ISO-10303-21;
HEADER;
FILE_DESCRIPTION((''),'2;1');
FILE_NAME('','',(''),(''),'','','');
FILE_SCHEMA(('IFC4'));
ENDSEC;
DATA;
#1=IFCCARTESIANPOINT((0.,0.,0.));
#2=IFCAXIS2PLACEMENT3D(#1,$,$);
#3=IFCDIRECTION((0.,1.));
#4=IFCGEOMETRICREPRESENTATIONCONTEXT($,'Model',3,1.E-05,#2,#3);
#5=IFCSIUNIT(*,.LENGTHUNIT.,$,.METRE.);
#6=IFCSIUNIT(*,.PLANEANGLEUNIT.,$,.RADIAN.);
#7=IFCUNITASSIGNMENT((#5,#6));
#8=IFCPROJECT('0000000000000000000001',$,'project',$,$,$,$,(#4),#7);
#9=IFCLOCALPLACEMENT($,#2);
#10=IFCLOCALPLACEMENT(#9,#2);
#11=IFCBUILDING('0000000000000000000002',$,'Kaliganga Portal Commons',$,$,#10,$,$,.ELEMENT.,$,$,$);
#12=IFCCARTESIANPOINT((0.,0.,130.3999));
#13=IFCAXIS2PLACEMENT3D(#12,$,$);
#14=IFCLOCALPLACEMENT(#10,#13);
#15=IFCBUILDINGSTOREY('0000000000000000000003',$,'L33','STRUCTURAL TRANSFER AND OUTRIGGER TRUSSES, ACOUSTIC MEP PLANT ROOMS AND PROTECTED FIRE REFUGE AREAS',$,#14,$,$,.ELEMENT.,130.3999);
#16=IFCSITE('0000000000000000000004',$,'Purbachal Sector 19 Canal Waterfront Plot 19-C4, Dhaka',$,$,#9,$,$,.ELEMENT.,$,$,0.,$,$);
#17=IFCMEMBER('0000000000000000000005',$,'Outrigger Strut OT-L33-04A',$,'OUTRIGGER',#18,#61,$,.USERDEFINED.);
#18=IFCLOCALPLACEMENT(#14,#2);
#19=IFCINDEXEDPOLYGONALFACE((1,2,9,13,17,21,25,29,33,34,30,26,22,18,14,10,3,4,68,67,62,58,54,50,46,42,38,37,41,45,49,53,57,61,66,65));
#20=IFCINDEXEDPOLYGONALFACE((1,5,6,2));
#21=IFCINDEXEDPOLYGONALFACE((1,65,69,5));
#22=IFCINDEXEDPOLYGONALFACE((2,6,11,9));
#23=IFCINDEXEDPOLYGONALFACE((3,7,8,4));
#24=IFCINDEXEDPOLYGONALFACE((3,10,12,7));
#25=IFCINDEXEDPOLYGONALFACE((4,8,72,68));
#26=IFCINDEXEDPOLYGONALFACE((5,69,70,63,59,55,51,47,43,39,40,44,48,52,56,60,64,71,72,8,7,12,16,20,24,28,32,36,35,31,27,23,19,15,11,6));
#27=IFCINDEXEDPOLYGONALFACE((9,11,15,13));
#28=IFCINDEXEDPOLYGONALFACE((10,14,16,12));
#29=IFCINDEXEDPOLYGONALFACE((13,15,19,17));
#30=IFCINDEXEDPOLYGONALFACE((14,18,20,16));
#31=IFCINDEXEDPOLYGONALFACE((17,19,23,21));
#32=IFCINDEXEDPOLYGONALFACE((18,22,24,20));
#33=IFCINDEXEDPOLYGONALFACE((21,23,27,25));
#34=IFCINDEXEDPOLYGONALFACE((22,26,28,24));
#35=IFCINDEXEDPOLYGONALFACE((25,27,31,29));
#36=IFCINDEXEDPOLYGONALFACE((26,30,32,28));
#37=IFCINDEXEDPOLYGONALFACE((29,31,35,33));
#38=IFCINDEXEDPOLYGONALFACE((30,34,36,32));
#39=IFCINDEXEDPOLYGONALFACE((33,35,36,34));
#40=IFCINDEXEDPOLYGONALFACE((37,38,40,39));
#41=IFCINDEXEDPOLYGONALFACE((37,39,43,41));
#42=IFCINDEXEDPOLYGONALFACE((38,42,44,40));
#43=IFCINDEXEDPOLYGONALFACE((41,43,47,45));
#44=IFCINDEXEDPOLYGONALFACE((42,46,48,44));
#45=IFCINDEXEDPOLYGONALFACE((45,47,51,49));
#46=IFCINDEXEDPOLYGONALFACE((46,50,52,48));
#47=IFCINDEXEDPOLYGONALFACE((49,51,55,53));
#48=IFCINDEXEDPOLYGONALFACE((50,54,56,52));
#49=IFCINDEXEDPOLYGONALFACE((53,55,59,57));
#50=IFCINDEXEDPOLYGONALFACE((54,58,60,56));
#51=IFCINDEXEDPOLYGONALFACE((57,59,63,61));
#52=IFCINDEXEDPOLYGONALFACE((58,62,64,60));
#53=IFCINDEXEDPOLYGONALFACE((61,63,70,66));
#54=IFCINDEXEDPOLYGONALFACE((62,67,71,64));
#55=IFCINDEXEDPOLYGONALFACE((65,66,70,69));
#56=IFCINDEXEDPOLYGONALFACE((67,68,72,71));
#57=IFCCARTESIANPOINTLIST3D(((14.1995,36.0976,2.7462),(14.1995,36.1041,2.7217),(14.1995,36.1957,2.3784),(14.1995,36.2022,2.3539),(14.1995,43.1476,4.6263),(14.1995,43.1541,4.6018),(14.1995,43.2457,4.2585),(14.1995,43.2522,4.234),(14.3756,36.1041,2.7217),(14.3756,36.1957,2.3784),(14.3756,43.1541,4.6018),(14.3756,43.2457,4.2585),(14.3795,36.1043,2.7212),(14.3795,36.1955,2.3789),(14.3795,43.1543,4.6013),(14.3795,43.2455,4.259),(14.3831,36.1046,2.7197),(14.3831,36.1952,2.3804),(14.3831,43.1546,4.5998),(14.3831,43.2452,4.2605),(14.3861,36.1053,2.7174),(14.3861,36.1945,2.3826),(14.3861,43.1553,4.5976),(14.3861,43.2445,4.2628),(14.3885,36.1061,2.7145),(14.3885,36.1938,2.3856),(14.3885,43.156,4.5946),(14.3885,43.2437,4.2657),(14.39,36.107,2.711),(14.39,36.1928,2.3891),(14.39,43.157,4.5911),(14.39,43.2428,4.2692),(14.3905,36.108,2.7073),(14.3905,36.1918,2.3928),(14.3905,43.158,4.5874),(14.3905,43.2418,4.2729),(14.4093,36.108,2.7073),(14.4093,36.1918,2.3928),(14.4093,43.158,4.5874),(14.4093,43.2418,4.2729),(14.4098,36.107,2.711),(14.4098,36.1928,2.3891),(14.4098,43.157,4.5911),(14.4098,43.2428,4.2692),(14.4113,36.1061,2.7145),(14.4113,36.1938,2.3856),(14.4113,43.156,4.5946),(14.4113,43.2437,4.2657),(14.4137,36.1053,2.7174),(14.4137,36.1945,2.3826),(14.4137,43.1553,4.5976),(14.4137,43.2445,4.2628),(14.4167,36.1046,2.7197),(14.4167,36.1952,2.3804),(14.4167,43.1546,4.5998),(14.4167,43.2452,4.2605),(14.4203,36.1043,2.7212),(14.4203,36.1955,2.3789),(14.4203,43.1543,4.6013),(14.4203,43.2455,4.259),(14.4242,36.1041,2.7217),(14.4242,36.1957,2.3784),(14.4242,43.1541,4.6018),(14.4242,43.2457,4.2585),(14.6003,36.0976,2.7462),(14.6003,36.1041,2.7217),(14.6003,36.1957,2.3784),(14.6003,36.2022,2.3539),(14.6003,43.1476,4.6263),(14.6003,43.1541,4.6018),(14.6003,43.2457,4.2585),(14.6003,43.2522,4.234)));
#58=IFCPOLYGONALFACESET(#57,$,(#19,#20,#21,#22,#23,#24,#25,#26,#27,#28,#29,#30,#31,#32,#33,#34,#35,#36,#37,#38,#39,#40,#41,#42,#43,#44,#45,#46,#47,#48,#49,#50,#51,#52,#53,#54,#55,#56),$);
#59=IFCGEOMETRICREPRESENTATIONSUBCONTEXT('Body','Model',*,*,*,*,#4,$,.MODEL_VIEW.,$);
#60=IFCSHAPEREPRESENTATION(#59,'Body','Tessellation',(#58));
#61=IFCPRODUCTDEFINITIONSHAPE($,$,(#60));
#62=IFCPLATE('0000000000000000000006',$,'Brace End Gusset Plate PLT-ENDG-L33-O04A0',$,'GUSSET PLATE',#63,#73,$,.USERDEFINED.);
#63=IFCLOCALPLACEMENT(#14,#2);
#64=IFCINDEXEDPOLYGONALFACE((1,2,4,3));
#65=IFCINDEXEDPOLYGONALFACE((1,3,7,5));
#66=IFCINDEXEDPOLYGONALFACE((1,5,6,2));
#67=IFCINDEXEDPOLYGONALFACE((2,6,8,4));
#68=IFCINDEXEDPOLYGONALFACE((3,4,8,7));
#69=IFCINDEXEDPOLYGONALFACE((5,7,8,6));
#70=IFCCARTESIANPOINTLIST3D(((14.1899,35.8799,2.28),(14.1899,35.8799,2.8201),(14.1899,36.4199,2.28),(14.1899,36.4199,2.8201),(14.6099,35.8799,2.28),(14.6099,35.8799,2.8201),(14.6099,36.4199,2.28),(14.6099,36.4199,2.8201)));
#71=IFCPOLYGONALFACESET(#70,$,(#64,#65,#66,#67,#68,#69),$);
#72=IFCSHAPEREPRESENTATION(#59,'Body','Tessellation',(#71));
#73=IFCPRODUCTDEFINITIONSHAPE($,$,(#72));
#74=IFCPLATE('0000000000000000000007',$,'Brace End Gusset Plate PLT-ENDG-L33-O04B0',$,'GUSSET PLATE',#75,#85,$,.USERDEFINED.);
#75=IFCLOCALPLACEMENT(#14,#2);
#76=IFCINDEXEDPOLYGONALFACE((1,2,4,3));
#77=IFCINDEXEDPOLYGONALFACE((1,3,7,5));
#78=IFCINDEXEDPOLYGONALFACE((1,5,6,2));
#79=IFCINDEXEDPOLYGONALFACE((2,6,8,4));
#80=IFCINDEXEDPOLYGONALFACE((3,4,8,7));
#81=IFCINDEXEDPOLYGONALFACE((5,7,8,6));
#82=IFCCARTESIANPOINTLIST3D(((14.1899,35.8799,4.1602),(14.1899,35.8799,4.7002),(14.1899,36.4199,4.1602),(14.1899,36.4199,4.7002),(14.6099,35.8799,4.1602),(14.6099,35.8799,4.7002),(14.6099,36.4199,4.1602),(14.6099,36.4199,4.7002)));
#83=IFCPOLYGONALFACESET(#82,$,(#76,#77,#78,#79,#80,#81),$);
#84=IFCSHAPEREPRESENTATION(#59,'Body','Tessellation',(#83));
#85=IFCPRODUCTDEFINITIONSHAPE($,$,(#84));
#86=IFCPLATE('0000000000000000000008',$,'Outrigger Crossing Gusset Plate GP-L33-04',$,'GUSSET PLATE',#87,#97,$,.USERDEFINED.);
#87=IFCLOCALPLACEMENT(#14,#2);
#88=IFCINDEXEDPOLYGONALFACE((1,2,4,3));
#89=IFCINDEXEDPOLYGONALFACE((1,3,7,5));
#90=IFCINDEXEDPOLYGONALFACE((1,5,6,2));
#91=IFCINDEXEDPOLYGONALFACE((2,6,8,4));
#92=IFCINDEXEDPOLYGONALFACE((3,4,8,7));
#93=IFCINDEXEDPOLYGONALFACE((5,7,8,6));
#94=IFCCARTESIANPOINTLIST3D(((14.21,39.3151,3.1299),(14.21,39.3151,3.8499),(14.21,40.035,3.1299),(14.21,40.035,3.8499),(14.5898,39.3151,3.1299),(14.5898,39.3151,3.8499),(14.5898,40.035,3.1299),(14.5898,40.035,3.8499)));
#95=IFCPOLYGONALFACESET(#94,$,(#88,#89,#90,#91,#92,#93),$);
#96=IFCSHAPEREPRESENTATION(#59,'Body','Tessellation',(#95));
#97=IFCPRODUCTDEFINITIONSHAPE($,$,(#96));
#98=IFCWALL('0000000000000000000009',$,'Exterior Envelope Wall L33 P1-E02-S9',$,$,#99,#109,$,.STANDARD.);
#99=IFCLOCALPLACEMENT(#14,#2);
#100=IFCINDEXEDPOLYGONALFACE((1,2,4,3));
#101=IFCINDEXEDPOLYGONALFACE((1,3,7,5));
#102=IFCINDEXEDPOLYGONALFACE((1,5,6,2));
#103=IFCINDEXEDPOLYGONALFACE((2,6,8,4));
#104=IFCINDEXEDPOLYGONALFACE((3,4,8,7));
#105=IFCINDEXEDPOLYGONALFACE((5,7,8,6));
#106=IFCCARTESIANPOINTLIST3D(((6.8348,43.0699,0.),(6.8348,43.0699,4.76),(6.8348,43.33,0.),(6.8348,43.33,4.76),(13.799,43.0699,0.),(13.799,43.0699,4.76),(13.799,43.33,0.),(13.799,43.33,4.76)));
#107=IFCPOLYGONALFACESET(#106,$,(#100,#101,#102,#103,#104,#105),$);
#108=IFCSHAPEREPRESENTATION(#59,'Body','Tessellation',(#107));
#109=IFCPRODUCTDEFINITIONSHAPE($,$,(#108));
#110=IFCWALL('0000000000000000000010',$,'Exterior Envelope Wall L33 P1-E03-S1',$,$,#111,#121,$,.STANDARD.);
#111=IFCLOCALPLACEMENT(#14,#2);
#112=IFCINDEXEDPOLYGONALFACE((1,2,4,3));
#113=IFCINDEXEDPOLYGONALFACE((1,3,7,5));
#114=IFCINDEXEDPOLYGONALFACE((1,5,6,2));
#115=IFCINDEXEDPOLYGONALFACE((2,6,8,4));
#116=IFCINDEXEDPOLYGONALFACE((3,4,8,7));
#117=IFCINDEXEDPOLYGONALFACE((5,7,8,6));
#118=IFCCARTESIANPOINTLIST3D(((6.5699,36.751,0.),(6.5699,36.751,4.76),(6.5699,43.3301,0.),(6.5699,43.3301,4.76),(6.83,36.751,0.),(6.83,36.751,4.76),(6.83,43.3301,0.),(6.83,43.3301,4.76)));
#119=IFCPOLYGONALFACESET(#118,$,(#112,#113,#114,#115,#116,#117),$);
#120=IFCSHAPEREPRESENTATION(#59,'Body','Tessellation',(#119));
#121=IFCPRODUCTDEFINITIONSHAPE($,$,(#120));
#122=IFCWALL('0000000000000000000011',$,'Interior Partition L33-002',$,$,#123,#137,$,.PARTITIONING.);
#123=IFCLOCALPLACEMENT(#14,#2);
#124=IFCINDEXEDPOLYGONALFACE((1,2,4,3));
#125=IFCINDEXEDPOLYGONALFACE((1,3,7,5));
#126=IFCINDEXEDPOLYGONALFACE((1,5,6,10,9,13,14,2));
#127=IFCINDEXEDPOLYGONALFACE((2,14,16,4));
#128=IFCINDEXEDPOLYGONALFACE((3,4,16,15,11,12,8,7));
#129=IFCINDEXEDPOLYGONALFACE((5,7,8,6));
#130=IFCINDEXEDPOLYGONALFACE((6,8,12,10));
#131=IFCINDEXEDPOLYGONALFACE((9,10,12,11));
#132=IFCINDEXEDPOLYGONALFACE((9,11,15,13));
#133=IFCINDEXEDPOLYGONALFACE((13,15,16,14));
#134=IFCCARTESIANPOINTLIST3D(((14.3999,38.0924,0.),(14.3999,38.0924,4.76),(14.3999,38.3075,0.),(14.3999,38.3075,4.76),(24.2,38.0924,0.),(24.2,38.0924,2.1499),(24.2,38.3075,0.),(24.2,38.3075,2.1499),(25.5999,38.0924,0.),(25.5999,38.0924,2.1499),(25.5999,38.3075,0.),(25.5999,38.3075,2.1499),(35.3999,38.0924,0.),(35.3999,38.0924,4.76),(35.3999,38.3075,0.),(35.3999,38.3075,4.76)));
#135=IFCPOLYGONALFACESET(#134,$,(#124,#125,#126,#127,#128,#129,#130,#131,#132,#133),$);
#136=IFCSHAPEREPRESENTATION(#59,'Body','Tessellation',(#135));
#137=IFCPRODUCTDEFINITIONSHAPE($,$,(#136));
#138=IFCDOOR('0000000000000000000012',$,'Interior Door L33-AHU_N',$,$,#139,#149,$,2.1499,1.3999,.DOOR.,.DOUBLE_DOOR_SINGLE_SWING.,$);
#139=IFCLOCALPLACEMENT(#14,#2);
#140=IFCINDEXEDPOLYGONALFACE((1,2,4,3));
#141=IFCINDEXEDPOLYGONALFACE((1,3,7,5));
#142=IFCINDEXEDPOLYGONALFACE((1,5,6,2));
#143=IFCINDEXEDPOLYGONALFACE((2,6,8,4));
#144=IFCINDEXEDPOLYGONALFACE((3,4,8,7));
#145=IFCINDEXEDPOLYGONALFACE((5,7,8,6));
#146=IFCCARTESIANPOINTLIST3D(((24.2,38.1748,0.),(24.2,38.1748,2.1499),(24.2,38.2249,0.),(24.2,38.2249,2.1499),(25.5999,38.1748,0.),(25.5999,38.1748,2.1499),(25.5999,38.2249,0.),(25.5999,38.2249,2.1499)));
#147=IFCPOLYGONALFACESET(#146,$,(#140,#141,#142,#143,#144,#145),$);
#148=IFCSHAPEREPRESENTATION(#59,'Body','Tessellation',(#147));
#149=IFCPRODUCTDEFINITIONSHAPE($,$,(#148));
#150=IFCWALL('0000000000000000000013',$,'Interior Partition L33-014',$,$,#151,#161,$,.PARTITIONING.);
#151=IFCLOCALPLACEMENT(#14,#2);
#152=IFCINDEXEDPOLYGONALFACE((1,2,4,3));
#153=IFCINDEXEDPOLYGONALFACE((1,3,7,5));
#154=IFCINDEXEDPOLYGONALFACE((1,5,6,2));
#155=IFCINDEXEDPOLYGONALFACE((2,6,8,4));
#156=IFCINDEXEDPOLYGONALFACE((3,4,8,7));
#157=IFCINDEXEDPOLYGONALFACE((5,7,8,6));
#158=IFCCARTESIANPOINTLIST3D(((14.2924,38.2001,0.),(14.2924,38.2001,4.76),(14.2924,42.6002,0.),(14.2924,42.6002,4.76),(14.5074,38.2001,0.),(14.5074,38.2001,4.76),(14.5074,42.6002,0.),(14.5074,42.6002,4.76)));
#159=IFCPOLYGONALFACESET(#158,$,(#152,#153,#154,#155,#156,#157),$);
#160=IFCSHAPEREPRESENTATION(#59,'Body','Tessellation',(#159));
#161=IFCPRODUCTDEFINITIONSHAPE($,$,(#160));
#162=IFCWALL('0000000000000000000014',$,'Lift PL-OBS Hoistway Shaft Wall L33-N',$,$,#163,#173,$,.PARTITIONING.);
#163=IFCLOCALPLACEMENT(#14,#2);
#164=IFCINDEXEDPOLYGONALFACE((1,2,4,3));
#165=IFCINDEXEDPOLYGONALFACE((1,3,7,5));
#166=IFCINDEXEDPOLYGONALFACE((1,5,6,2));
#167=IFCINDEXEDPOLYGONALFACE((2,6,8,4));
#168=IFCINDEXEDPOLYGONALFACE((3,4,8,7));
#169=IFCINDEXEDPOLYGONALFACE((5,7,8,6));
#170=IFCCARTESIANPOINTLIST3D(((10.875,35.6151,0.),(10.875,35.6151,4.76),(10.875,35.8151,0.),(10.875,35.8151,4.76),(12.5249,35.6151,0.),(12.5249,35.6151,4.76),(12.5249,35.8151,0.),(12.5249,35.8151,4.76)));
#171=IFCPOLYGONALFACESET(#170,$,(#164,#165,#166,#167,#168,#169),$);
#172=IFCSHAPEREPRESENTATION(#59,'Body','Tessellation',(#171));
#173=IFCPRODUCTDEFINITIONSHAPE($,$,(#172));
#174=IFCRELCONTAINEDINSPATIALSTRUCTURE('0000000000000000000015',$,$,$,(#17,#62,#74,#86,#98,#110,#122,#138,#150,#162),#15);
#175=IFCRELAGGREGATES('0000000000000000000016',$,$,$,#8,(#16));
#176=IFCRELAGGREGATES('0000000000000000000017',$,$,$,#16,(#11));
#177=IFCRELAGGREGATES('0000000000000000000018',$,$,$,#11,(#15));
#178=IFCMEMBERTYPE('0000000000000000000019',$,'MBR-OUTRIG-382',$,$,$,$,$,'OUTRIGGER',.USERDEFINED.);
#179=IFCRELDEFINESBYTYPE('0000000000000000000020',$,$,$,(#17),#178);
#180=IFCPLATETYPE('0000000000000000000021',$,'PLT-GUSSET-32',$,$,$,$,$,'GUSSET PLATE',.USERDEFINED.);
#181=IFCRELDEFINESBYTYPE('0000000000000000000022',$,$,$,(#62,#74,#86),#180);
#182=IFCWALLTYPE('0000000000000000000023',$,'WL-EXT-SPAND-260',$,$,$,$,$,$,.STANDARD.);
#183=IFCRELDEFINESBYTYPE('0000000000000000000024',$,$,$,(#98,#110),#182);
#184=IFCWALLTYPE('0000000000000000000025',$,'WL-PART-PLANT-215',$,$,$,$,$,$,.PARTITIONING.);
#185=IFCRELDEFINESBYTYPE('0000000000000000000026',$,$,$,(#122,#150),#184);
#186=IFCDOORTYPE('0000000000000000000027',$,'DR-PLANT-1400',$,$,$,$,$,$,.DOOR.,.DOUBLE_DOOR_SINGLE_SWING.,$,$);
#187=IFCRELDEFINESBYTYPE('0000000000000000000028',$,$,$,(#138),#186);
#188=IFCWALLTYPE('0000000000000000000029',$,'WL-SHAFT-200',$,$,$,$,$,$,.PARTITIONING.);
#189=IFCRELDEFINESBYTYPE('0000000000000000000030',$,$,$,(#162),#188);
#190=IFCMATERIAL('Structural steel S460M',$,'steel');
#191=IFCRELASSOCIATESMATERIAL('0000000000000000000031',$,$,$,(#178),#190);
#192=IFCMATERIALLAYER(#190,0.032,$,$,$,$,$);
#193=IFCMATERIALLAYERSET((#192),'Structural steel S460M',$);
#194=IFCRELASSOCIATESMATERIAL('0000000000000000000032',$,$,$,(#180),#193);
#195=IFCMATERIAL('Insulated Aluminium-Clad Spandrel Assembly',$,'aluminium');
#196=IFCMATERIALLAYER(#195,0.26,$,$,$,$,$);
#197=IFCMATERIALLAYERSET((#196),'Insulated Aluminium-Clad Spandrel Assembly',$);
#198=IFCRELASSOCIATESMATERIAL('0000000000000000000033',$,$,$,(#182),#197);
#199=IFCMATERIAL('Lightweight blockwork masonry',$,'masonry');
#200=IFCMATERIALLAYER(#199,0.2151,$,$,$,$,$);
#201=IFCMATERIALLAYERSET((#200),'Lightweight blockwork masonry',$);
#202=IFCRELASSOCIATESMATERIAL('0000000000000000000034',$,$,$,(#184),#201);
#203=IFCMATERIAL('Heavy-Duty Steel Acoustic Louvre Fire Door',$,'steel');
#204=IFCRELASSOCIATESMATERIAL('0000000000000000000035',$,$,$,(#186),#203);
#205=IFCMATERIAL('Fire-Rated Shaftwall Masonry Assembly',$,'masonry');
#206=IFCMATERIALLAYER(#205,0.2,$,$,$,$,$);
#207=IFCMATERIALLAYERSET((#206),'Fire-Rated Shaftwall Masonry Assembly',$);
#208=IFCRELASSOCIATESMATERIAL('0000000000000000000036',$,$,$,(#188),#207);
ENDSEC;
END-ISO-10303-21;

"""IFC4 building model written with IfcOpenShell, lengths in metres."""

from ifc_helpers import new_model, si_unit, direction, frame, frame_2d, origin, origin_2d, place, context, subcontext, project, spatial, rectangle, i_section, extrude, source, transform, mapped, material, layer, layer_set, material_profile, profile_set, type_object, element, fill, save


model = new_model("IFC4")

# Units and contexts
model_context = context("Model", 3, precision=1e-05, world=origin(), true_north=direction((0.0, 1.0)))
body_context = subcontext(model_context, "Body", "Model", "MODEL_VIEW")
ifc_project = project(units=[si_unit("LENGTHUNIT", "METRE"), si_unit("PLANEANGLEUNIT", "RADIAN")], contexts=[model_context])

# Site, building, storey
site_placement = place(None, origin())
site = spatial("IfcSite", under=ifc_project, at=site_placement, Name="Purbachal Sector 19 Canal Waterfront Plot 19-C4, Dhaka", CompositionType="ELEMENT", RefElevation=0.0)
building_placement = place(site_placement, origin())
building = spatial("IfcBuilding", under=site, at=building_placement, Name="Kaliganga Portal Commons", CompositionType="ELEMENT")
storey_placement = place(building_placement, frame((0.0, 0.0, 130.3999)))
storey = spatial("IfcBuildingStorey", under=building, at=storey_placement, Name="L33", Description="STRUCTURAL TRANSFER AND OUTRIGGER TRUSSES, ACOUSTIC MEP PLANT ROOMS AND PROTECTED FIRE REFUGE AREAS", CompositionType="ELEMENT", Elevation=130.3999)

# Member
ifc_material_1 = material(Name="Structural steel S460M", Category="steel")
ifc_material_profile_1 = material_profile(ifc_material_1, i_section(OverallWidth=0.4009, OverallDepth=0.406, WebThickness=0.0188, FlangeThickness=0.0254, FilletRadius=0.0149, at=origin_2d()), Name="HD 400x314")
ifc_profile_set_1 = profile_set([ifc_material_profile_1], Name="Structural steel S460M wide-flange")
member_type_1 = type_object("IfcMemberType", Name="MBR-OUTRIG-382", ElementType="OUTRIGGER", PredefinedType="USERDEFINED", material=ifc_profile_set_1)
shared_shape_1 = source(origin(), body_context, "Body", "SweptSolid", [
    extrude(i_section(OverallWidth=0.4009, OverallDepth=0.406, WebThickness=0.0188, FlangeThickness=0.0254, FilletRadius=0.0149, at=origin_2d()), origin(), (0.0, 0.0, 1.0), 7.2964),
])
member_1_placement = place(storey_placement, frame((14.3999, 36.1499, 2.55), z_axis=(0.0, 0.966231, 0.257677), x_axis=(-1.0, 0.0, 0.0)))
element("IfcMember", 1, at=member_1_placement, inside=storey, type_object=member_type_1, Name="Outrigger Strut OT-L33-04A", ObjectType="OUTRIGGER", PredefinedType="USERDEFINED", context=body_context, shape_type="MappedRepresentation", body=[
    mapped(shared_shape_1, transform((0.0, 0.0, 0.0), x_axis=(1.0, 0.0, 0.0), y_axis=(0.0, 1.0, 0.0), z_axis=(0.0, 0.0, 1.0), scale=1.0)),
])

# Plates
ifc_layer_1 = layer(ifc_material_1, 0.032)
ifc_layer_set_1 = layer_set([ifc_layer_1], Name="Structural steel S460M")
plate_type = type_object("IfcPlateType", Name="PLT-GUSSET-32", ElementType="GUSSET PLATE", PredefinedType="USERDEFINED", material=ifc_layer_set_1)
shared_shape_2 = source(origin(), body_context, "Body", "SweptSolid", [
    extrude(rectangle(XDim=0.54, YDim=0.4199, at=origin_2d()), origin(), (0.0, 0.0, 1.0), 0.54),
])
for number, where, z_axis, x_axis, name in (
    (2, (14.3999, 36.1499, 2.28), (0.0, 0.0, 1.0), (0.0, 1.0, 0.0), "Brace End Gusset Plate PLT-ENDG-L33-O04A0"),
    (3, (14.3999, 36.1499, 4.1602), (0.0, 0.0, 1.0), (0.0, 1.0, 0.0), "Brace End Gusset Plate PLT-ENDG-L33-O04B0"),
):
    element("IfcPlate", number, at=place(storey_placement, frame(where, z_axis=z_axis, x_axis=x_axis)), inside=storey, type_object=plate_type, Name=name, ObjectType="GUSSET PLATE", PredefinedType="USERDEFINED", context=body_context, shape_type="MappedRepresentation", body=[
        mapped(shared_shape_2, transform((0.0, 0.0, 0.0), x_axis=(1.0, 0.0, 0.0), y_axis=(0.0, 1.0, 0.0), z_axis=(0.0, 0.0, 1.0), scale=1.0)),
    ])
shared_shape_3 = source(origin(), body_context, "Body", "SweptSolid", [
    extrude(rectangle(XDim=0.72, YDim=0.3799, at=origin_2d()), origin(), (0.0, 0.0, 1.0), 0.72),
])
plate_placement = place(storey_placement, frame((14.3999, 39.675, 3.1299), z_axis=(0.0, 0.0, 1.0), x_axis=(0.0, 1.0, 0.0)))
element("IfcPlate", 4, at=plate_placement, inside=storey, type_object=plate_type, Name="Outrigger Crossing Gusset Plate GP-L33-04", ObjectType="GUSSET PLATE", PredefinedType="USERDEFINED", context=body_context, shape_type="MappedRepresentation", body=[
    mapped(shared_shape_3, transform((0.0, 0.0, 0.0), x_axis=(1.0, 0.0, 0.0), y_axis=(0.0, 1.0, 0.0), z_axis=(0.0, 0.0, 1.0), scale=1.0)),
])

# Walls
ifc_material_2 = material(Name="Insulated Aluminium-Clad Spandrel Assembly", Category="aluminium")
ifc_layer_2 = layer(ifc_material_2, 0.26)
ifc_layer_set_2 = layer_set([ifc_layer_2], Name="Insulated Aluminium-Clad Spandrel Assembly")
wall_type_1 = type_object("IfcWallType", Name="WL-EXT-SPAND-260", PredefinedType="STANDARD", material=ifc_layer_set_2)
wall_1_placement = place(storey_placement, frame((6.835, 43.2, 0.0), z_axis=(0.0, 0.0, 1.0), x_axis=(1.0, 0.0, 0.0)))
element("IfcWall", 5, at=wall_1_placement, inside=storey, type_object=wall_type_1, Name="Exterior Envelope Wall L33 P1-E02-S9", PredefinedType="STANDARD", context=body_context, shape_type="SweptSolid", body=[
    extrude(rectangle(XDim=6.9641, YDim=0.26, at=frame_2d((3.4819, 0.0))), origin(), (0.0, 0.0, 1.0), 4.76),
])
wall_2_placement = place(storey_placement, frame((6.7, 36.751, 0.0), z_axis=(0.0, 0.0, 1.0), x_axis=(0.0, 1.0, 0.0)))
element("IfcWall", 6, at=wall_2_placement, inside=storey, type_object=wall_type_1, Name="Exterior Envelope Wall L33 P1-E03-S1", PredefinedType="STANDARD", context=body_context, shape_type="SweptSolid", body=[
    extrude(rectangle(XDim=6.5791, YDim=0.26, at=frame_2d((3.2896, 0.0))), origin(), (0.0, 0.0, 1.0), 4.76),
])

# Wall, opening, door
ifc_material_3 = material(Name="Lightweight blockwork masonry", Category="masonry")
ifc_layer_3 = layer(ifc_material_3, 0.2151)
ifc_layer_set_3 = layer_set([ifc_layer_3], Name="Lightweight blockwork masonry")
wall_type_2 = type_object("IfcWallType", Name="WL-PART-PLANT-215", PredefinedType="PARTITIONING", material=ifc_layer_set_3)
wall_3_placement = place(storey_placement, frame((14.3999, 38.2, 0.0), z_axis=(0.0, 0.0, 1.0), x_axis=(1.0, 0.0, 0.0)))
wall_3 = element("IfcWall", 7, at=wall_3_placement, inside=storey, type_object=wall_type_2, Name="Interior Partition L33-002", PredefinedType="PARTITIONING", context=body_context, shape_type="SweptSolid", body=[
    extrude(rectangle(XDim=21.0, YDim=0.2151, at=frame_2d((10.5, 0.0))), origin(), (0.0, 0.0, 1.0), 4.76),
])
opening_1_placement = place(wall_3_placement, frame((9.8, 0.0, 0.0)))
opening_1 = element("IfcOpeningElement", 8, at=opening_1_placement, cuts=wall_3, PredefinedType="OPENING", context=body_context, shape_type="SweptSolid", body=[
    extrude(rectangle(XDim=1.3999, YDim=2.1499, at=frame_2d((0.7, 1.075))), frame((0.0, 0.1177, 0.0), z_axis=(0.0, -1.0, 0.0), x_axis=(1.0, 0.0, 0.0)), (0.0, 0.0, 1.0), 0.2351),
])
ifc_material_4 = material(Name="Heavy-Duty Steel Acoustic Louvre Fire Door", Category="steel")
door_type_1 = type_object("IfcDoorType", Name="DR-PLANT-1400", OperationType="DOUBLE_DOOR_SINGLE_SWING", PredefinedType="DOOR", material=ifc_material_4)
door_1_placement = place(opening_1_placement, origin())
door_1 = element("IfcDoor", 9, at=door_1_placement, inside=storey, type_object=door_type_1, Name="Interior Door L33-AHU_N", OperationType="DOUBLE_DOOR_SINGLE_SWING", OverallHeight=2.1499, OverallWidth=1.3999, PredefinedType="DOOR", context=body_context, shape_type="SweptSolid", body=[
    extrude(rectangle(XDim=1.3999, YDim=2.1499, at=frame_2d((0.7, 1.075))), frame((0.0, 0.0249, 0.0), z_axis=(0.0, -1.0, 0.0), x_axis=(1.0, 0.0, 0.0)), (0.0, 0.0, 1.0), 0.05),
])
fill(opening_1, door_1)

# Wall
wall_4_placement = place(storey_placement, frame((14.3999, 38.2, 0.0), z_axis=(0.0, 0.0, 1.0), x_axis=(0.0, 1.0, 0.0)))
element("IfcWall", 10, at=wall_4_placement, inside=storey, type_object=wall_type_2, Name="Interior Partition L33-014", PredefinedType="PARTITIONING", context=body_context, shape_type="SweptSolid", body=[
    extrude(rectangle(XDim=4.4001, YDim=0.2151, at=frame_2d((2.2002, 0.0))), origin(), (0.0, 0.0, 1.0), 4.76),
])

# Shared definitions
ifc_material_5 = material(Name="Fire-Rated Shaftwall Masonry Assembly", Category="masonry")
ifc_layer_4 = layer(ifc_material_5, 0.2)
ifc_layer_set_4 = layer_set([ifc_layer_4], Name="Fire-Rated Shaftwall Masonry Assembly")
wall_type_3 = type_object("IfcWallType", Name="WL-SHAFT-200", PredefinedType="PARTITIONING", material=ifc_layer_set_4)

# Wall
wall_5_placement = place(storey_placement, frame((10.875, 35.7151, 0.0), z_axis=(0.0, 0.0, 1.0), x_axis=(1.0, 0.0, 0.0)))
element("IfcWall", 11, at=wall_5_placement, inside=storey, type_object=wall_type_3, Name="Lift PL-OBS Hoistway Shaft Wall L33-N", PredefinedType="PARTITIONING", context=body_context, shape_type="SweptSolid", body=[
    extrude(rectangle(XDim=1.6499, YDim=0.2, at=frame_2d((0.825, 0.0))), origin(), (0.0, 0.0, 1.0), 4.76),
])

save(model, "model.ifc")
